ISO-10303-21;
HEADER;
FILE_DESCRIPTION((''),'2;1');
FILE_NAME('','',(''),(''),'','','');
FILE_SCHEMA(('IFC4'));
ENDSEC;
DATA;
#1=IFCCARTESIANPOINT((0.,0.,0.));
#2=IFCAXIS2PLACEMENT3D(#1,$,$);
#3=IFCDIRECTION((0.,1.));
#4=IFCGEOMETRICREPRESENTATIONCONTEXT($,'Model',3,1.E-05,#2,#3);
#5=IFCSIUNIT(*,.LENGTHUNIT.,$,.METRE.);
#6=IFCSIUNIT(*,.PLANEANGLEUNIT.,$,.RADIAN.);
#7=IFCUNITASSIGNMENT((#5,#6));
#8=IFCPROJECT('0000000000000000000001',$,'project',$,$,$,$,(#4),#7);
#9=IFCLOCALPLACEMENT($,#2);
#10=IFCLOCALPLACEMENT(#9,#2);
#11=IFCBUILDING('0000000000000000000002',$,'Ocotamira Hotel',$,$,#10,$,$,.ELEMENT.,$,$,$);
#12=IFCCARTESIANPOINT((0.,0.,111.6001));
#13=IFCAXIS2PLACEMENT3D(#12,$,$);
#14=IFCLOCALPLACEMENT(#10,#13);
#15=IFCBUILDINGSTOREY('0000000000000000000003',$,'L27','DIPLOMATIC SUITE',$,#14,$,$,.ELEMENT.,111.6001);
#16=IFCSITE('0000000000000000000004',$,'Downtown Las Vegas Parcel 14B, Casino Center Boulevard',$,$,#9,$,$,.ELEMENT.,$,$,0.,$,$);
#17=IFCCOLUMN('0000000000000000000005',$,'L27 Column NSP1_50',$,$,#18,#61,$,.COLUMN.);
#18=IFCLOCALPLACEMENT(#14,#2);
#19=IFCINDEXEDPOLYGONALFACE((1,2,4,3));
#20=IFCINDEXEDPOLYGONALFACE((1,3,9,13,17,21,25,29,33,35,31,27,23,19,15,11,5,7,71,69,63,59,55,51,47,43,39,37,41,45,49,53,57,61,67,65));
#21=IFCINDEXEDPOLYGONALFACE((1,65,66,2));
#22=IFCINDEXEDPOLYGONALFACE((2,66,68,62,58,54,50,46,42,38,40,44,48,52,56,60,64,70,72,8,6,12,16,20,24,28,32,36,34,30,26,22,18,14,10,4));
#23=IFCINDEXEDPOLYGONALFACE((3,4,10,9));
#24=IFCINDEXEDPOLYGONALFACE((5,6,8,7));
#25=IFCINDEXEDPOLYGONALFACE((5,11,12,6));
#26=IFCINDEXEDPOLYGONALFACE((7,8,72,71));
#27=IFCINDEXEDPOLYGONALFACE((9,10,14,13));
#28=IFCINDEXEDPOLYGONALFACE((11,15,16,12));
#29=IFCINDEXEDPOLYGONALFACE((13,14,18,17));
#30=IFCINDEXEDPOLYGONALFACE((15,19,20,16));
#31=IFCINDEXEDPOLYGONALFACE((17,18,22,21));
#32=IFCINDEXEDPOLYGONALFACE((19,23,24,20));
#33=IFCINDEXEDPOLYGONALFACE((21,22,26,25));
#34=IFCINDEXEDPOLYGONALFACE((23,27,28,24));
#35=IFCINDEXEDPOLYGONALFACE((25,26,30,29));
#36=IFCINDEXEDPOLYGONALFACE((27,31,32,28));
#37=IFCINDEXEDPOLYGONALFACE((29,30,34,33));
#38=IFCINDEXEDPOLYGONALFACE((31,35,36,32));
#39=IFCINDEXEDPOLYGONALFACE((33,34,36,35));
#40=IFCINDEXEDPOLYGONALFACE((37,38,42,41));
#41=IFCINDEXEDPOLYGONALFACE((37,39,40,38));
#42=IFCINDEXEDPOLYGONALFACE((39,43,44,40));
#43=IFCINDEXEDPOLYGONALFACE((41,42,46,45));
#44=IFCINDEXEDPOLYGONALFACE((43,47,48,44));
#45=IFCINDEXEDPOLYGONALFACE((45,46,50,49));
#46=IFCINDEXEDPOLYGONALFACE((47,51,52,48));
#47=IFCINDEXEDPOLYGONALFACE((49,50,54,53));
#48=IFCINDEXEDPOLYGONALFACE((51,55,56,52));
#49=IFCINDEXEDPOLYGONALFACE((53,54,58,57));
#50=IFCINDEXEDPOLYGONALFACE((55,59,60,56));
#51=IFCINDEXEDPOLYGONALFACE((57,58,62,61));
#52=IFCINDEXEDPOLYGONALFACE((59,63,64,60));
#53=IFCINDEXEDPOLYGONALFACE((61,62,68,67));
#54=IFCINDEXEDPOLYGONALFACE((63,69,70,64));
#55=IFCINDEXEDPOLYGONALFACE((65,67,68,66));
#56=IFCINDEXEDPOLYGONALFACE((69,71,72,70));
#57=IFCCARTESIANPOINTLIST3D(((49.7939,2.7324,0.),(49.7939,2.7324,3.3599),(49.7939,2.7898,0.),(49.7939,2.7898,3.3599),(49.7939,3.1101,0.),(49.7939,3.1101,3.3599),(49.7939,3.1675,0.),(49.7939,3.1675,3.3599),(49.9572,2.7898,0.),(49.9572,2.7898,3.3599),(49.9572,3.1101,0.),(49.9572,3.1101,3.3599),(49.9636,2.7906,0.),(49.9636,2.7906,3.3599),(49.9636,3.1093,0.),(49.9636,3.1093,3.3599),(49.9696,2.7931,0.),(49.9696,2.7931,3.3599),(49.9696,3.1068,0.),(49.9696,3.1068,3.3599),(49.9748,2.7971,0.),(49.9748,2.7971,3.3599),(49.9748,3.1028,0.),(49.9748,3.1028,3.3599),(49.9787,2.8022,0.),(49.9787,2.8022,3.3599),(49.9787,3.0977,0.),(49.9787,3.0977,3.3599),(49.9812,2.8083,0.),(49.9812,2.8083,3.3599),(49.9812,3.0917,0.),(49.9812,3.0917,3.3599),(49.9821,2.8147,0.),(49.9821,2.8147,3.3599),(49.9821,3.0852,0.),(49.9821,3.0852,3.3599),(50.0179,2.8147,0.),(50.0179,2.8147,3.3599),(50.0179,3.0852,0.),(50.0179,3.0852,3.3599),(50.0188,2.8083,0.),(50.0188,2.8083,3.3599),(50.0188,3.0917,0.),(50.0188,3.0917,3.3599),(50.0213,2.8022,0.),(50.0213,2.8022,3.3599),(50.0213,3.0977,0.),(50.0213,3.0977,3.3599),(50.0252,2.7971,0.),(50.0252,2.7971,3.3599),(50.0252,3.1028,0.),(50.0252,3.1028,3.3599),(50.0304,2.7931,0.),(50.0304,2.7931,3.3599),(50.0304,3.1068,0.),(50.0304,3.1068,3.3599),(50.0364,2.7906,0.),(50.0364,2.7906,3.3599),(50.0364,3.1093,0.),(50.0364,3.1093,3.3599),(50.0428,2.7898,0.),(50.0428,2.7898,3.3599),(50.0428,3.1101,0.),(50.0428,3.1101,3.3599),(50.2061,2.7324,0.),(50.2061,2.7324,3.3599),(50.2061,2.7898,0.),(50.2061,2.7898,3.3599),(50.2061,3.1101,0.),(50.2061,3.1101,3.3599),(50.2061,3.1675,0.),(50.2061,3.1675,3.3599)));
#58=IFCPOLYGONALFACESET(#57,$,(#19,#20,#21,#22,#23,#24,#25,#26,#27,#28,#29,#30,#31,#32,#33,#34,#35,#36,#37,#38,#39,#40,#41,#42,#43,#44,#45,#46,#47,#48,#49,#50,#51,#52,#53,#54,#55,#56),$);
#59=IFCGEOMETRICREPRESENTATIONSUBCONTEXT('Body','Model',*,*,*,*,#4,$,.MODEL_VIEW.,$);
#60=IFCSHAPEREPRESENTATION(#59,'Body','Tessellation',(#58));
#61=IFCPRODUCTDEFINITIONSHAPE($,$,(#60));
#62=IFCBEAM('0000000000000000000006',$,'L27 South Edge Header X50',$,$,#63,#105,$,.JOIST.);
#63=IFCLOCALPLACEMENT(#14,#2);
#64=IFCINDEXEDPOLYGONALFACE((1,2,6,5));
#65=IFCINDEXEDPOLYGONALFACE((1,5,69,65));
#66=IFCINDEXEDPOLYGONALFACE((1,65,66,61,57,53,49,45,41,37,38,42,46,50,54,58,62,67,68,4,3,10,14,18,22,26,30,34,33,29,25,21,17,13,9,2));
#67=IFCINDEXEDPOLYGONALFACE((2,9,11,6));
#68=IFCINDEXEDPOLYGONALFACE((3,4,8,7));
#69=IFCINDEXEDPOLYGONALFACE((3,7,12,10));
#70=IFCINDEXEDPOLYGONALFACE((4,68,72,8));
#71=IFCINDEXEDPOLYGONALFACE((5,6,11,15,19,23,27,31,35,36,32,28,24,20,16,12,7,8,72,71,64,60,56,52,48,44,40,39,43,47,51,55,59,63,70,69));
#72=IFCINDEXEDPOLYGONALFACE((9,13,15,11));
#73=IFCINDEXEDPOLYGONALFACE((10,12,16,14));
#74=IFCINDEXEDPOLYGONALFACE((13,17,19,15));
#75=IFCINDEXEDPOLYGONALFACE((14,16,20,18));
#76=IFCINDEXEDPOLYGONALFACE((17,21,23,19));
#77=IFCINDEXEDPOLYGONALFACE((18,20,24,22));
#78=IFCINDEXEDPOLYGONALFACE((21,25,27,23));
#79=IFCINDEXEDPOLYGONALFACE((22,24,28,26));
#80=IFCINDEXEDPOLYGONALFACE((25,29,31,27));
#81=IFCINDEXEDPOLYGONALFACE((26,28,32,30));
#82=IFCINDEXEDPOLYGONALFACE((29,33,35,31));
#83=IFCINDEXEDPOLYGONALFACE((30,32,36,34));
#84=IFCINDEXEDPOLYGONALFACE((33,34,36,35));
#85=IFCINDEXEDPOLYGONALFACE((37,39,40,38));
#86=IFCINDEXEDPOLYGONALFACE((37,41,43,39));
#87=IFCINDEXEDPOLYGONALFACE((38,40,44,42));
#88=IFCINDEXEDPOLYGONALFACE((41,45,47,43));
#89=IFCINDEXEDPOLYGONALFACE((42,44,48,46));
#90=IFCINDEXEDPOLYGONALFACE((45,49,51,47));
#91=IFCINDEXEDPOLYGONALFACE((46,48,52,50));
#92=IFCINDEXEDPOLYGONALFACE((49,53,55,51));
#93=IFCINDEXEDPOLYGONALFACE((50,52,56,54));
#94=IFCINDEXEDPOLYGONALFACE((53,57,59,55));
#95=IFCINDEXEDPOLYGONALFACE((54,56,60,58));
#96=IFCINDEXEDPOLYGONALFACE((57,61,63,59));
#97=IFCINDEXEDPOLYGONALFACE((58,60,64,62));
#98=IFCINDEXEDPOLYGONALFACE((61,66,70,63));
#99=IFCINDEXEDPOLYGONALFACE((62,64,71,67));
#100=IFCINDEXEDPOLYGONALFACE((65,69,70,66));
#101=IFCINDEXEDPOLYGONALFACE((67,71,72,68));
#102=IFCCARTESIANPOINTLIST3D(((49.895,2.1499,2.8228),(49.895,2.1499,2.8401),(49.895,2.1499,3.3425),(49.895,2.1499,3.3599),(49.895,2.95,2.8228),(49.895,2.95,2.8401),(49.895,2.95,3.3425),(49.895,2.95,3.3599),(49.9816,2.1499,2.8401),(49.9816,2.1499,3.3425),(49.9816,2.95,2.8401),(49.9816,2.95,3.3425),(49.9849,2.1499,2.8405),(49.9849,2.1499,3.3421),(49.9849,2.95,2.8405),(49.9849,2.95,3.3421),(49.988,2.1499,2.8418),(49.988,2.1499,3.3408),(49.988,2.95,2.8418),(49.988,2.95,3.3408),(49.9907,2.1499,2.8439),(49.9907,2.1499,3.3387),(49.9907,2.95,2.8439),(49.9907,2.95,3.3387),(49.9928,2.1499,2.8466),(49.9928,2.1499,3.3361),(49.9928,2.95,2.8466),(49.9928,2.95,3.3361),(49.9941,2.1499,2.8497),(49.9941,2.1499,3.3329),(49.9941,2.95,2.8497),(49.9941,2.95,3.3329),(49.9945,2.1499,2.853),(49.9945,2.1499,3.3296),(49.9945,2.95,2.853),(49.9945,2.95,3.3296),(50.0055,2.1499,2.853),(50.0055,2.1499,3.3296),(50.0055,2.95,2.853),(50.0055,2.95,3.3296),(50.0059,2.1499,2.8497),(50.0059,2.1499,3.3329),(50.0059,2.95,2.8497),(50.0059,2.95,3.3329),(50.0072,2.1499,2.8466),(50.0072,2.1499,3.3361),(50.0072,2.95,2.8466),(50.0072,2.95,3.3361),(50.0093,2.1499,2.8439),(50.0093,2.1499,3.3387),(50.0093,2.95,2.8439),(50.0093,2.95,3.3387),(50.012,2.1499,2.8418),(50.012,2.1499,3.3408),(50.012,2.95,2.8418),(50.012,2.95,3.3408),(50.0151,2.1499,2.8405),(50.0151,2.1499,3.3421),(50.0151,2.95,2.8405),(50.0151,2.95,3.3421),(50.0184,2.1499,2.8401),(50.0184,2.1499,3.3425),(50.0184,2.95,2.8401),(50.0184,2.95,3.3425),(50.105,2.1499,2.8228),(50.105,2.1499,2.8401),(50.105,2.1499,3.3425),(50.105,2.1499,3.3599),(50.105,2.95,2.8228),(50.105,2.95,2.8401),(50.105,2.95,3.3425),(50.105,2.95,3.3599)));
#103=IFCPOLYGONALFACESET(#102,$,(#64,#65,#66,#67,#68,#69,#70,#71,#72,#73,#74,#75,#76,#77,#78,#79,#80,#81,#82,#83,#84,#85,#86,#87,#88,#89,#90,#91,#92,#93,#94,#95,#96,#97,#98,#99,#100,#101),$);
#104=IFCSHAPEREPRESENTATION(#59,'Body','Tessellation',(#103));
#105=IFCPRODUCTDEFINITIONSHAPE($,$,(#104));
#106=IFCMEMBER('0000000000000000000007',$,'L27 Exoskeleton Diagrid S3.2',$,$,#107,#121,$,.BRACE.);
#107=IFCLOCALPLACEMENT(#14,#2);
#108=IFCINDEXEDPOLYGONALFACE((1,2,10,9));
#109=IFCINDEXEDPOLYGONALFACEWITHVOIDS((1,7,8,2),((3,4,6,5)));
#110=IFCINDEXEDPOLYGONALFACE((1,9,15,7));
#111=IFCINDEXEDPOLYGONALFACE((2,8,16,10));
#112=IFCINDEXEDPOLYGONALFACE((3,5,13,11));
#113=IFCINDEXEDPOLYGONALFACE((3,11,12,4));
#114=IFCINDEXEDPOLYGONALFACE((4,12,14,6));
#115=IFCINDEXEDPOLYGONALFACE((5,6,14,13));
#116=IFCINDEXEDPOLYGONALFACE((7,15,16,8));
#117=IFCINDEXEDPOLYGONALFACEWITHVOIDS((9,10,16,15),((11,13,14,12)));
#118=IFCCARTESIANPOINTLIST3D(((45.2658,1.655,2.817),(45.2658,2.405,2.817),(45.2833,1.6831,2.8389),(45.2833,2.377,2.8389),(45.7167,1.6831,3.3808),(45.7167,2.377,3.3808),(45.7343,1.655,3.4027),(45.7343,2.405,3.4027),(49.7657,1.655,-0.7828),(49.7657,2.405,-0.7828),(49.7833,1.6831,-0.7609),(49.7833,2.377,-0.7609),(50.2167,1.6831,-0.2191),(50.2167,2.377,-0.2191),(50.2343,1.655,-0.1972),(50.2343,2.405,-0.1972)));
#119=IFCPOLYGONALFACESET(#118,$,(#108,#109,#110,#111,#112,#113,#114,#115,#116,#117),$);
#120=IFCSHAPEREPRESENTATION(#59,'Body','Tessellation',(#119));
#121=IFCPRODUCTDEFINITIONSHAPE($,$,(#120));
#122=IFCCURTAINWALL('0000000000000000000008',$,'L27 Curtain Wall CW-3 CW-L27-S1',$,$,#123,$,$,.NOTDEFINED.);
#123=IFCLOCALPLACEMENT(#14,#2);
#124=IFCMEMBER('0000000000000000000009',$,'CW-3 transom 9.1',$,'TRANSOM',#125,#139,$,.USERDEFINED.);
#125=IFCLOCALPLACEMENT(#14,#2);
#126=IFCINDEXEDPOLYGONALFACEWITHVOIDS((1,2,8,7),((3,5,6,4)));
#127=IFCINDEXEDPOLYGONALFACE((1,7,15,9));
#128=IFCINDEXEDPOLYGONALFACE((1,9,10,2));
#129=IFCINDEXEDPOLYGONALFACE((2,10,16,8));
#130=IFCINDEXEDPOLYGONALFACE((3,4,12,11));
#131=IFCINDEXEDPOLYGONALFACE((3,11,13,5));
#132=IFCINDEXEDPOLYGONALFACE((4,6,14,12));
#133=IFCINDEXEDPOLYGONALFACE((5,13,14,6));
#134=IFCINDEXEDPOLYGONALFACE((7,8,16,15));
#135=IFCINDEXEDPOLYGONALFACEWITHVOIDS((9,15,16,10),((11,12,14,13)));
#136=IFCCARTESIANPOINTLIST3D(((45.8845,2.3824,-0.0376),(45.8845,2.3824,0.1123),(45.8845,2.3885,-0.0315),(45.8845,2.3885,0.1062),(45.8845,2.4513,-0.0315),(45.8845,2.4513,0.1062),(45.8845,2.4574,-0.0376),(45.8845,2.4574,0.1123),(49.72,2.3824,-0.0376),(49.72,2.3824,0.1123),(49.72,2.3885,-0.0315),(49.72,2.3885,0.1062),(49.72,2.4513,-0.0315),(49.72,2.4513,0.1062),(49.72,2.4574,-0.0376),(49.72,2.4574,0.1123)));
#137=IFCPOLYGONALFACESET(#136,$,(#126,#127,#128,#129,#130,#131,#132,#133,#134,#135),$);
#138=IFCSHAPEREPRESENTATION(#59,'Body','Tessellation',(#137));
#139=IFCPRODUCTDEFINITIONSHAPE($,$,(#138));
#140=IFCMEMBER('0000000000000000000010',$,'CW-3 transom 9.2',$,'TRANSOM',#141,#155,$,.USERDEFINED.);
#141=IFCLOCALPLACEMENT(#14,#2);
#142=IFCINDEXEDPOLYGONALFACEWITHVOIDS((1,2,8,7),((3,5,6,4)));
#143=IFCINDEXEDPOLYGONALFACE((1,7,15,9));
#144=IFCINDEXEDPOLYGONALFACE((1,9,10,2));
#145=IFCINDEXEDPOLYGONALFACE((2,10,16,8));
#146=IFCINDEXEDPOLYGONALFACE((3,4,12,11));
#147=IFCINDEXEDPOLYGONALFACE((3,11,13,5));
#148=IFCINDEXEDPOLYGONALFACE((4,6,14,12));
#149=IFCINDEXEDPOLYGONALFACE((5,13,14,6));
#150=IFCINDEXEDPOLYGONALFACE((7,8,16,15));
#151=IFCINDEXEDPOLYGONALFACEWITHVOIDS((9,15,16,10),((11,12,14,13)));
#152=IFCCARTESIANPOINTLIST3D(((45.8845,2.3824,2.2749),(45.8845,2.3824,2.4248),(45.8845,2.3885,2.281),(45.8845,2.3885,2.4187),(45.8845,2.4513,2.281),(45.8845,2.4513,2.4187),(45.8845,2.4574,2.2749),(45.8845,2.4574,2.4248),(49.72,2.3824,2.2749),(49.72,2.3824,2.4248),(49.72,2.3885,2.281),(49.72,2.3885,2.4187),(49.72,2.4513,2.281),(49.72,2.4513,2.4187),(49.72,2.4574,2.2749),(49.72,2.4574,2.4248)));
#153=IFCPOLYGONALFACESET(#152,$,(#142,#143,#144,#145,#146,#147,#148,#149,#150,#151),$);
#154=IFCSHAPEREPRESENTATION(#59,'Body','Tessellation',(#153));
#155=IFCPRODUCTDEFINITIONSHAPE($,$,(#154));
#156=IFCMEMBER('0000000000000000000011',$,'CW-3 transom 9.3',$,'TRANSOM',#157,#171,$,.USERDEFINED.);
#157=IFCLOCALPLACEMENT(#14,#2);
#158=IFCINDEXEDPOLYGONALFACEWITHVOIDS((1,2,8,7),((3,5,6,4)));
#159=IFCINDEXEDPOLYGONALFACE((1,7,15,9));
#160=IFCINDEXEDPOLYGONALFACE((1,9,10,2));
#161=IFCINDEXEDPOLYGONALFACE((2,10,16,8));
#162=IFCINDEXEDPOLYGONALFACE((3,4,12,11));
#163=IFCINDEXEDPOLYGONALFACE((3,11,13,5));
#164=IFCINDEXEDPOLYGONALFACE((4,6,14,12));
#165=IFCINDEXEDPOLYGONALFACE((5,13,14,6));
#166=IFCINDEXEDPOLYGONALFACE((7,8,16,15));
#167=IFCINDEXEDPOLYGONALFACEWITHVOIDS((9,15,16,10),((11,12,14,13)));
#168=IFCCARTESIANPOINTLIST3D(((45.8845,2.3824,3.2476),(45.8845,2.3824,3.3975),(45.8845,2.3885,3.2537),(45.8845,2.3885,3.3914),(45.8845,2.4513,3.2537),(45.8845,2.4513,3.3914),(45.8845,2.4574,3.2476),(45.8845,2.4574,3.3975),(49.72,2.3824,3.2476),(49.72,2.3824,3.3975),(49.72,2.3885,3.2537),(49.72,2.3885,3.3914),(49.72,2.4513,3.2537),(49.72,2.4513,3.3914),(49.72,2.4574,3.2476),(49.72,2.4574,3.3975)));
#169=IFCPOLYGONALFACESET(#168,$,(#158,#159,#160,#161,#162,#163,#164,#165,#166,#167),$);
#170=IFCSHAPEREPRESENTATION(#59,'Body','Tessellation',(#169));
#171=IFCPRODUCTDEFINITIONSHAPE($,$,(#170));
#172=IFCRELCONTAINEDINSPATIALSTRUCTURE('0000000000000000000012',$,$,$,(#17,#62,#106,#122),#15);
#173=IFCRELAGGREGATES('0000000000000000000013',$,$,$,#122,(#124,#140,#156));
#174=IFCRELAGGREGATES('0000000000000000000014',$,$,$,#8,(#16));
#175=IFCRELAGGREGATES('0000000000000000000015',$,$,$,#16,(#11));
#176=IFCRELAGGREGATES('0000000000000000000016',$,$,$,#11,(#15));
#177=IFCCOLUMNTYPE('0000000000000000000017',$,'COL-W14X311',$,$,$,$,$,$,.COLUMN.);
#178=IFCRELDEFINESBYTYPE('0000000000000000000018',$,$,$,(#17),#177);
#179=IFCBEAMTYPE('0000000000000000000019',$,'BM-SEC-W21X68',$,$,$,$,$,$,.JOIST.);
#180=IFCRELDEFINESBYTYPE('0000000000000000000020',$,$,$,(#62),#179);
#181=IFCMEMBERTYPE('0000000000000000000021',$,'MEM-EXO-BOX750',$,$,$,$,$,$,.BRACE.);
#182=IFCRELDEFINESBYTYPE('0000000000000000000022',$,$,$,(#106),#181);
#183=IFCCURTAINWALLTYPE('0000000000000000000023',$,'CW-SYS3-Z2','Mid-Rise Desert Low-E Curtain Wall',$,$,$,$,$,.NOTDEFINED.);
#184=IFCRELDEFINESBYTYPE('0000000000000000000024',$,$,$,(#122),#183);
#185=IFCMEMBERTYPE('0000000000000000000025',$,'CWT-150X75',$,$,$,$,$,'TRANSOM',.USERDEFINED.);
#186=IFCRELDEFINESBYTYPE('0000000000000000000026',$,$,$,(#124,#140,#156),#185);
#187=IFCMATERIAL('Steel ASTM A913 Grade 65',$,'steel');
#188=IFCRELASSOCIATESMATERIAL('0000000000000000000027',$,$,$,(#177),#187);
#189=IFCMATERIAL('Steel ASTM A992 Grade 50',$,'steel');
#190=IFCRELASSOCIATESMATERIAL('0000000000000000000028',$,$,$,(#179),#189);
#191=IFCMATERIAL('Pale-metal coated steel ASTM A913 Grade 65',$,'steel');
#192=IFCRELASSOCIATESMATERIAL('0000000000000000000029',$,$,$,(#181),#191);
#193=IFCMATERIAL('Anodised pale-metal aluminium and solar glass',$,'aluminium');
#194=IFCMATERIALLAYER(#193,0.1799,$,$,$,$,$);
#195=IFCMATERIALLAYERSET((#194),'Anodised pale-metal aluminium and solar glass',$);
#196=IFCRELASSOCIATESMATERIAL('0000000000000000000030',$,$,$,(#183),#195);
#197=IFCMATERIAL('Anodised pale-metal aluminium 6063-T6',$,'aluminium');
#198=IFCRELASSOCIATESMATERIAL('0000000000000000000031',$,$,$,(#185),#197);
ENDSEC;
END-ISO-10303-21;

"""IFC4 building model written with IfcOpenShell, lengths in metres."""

from ifc_helpers import new_model, si_unit, direction, frame, origin, origin_2d, place, context, subcontext, project, spatial, hollow_rectangle, i_section, extrude, source, transform, mapped, material, layer, layer_set, material_profile, profile_set, type_object, element, aggregate, save


model = new_model("IFC4")

# Units and contexts
model_context = context("Model", 3, precision=1e-05, world=origin(), true_north=direction((0.0, 1.0)))
body_context = subcontext(model_context, "Body", "Model", "MODEL_VIEW")
ifc_project = project(units=[si_unit("LENGTHUNIT", "METRE"), si_unit("PLANEANGLEUNIT", "RADIAN")], contexts=[model_context])

# Site, building, storey
site_placement = place(None, origin())
site = spatial("IfcSite", under=ifc_project, at=site_placement, Name="Downtown Las Vegas Parcel 14B, Casino Center Boulevard", CompositionType="ELEMENT", RefElevation=0.0)
building_placement = place(site_placement, origin())
building = spatial("IfcBuilding", under=site, at=building_placement, Name="Ocotamira Hotel", CompositionType="ELEMENT")
storey_placement = place(building_placement, frame((0.0, 0.0, 111.6001)))
storey = spatial("IfcBuildingStorey", under=building, at=storey_placement, Name="L27", Description="DIPLOMATIC SUITE", CompositionType="ELEMENT", Elevation=111.6001)

# Column
ifc_material_1 = material(Name="Steel ASTM A913 Grade 65", Category="steel")
ifc_material_profile_1 = material_profile(ifc_material_1, i_section(OverallWidth=0.4121, OverallDepth=0.4351, WebThickness=0.0359, FlangeThickness=0.0574, FilletRadius=0.0249, at=origin_2d()), Name="W14X311")
ifc_profile_set_1 = profile_set([ifc_material_profile_1], Name="Steel ASTM A913 Grade 65")
column_type = type_object("IfcColumnType", Name="COL-W14X311", PredefinedType="COLUMN", material=ifc_profile_set_1)
shared_shape_1 = source(origin(), body_context, "Body", "SweptSolid", [
    extrude(i_section(OverallWidth=0.4121, OverallDepth=0.4351, WebThickness=0.0359, FlangeThickness=0.0574, FilletRadius=0.0249, at=origin_2d()), origin(), (0.0, 0.0, 1.0), 3.3599),
])
column_placement = place(storey_placement, frame((50.0, 2.95, 0.0), z_axis=(0.0, 0.0, 1.0), x_axis=(1.0, 0.0, 0.0)))
element("IfcColumn", 1, at=column_placement, inside=storey, type_object=column_type, Name="L27 Column NSP1_50", PredefinedType="COLUMN", context=body_context, shape_type="MappedRepresentation", body=[
    mapped(shared_shape_1, transform((0.0, 0.0, 0.0), scale=1.0)),
])

# Beam
ifc_material_2 = material(Name="Steel ASTM A992 Grade 50", Category="steel")
ifc_material_profile_2 = material_profile(ifc_material_2, i_section(OverallWidth=0.21, OverallDepth=0.5371, WebThickness=0.011, FlangeThickness=0.0173, FilletRadius=0.0129, at=origin_2d()), Name="W21X68")
ifc_profile_set_2 = profile_set([ifc_material_profile_2], Name="Steel ASTM A992 Grade 50")
beam_type = type_object("IfcBeamType", Name="BM-SEC-W21X68", PredefinedType="JOIST", material=ifc_profile_set_2)
shared_shape_2 = source(origin(), body_context, "Body", "SweptSolid", [
    extrude(i_section(OverallWidth=0.21, OverallDepth=0.5371, WebThickness=0.011, FlangeThickness=0.0173, FilletRadius=0.0129, at=origin_2d()), origin(), (0.0, 0.0, 1.0), 0.8),
])
beam_placement = place(storey_placement, frame((50.0, 2.95, 3.0913), z_axis=(0.0, -1.0, 0.0), x_axis=(1.0, 0.0, 0.0)))
element("IfcBeam", 2, at=beam_placement, inside=storey, type_object=beam_type, Name="L27 South Edge Header X50", PredefinedType="JOIST", context=body_context, shape_type="MappedRepresentation", body=[
    mapped(shared_shape_2, transform((0.0, 0.0, 0.0), scale=1.0)),
])

# Member
ifc_material_3 = material(Name="Pale-metal coated steel ASTM A913 Grade 65", Category="steel")
ifc_material_profile_3 = material_profile(ifc_material_3, hollow_rectangle(XDim=0.75, YDim=0.75, WallThickness=0.0281, at=origin_2d()), Name="BOX750X750X28")
ifc_profile_set_3 = profile_set([ifc_material_profile_3], Name="Pale-metal coated steel ASTM A913 Grade 65")
member_type_1 = type_object("IfcMemberType", Name="MEM-EXO-BOX750", PredefinedType="BRACE", material=ifc_profile_set_3)
shared_shape_3 = source(origin(), body_context, "Body", "SweptSolid", [
    extrude(hollow_rectangle(XDim=0.75, YDim=0.75, WallThickness=0.0281, at=origin_2d()), origin(), (0.0, 0.0, 1.0), 5.7627),
])
member_1_placement = place(storey_placement, frame((50.0, 2.03, -0.49), z_axis=(-0.780881, 0.0, 0.62468), x_axis=(0.0, -1.0, 0.0)))
element("IfcMember", 3, at=member_1_placement, inside=storey, type_object=member_type_1, Name="L27 Exoskeleton Diagrid S3.2", PredefinedType="BRACE", context=body_context, shape_type="MappedRepresentation", body=[
    mapped(shared_shape_3, transform((0.0, 0.0, 0.0), scale=1.0)),
])

# Curtain wall, members
ifc_material_4 = material(Name="Anodised pale-metal aluminium and solar glass", Category="aluminium")
ifc_layer_1 = layer(ifc_material_4, 0.1799)
ifc_layer_set_1 = layer_set([ifc_layer_1], Name="Anodised pale-metal aluminium and solar glass")
curtain_wall_type = type_object("IfcCurtainWallType", Name="CW-SYS3-Z2", Description="Mid-Rise Desert Low-E Curtain Wall", PredefinedType="NOTDEFINED", material=ifc_layer_set_1)
curtain_wall_placement = place(storey_placement, origin())
curtain_wall = element("IfcCurtainWall", 4, at=curtain_wall_placement, inside=storey, type_object=curtain_wall_type, Name="L27 Curtain Wall CW-3 CW-L27-S1", PredefinedType="NOTDEFINED")
ifc_material_5 = material(Name="Anodised pale-metal aluminium 6063-T6", Category="aluminium")
ifc_material_profile_4 = material_profile(ifc_material_5, hollow_rectangle(XDim=0.075, YDim=0.1499, WallThickness=0.0061, at=origin_2d()), Name="HSS150X75X6")
ifc_profile_set_4 = profile_set([ifc_material_profile_4], Name="Anodised pale-metal aluminium 6063-T6")
member_type_2 = type_object("IfcMemberType", Name="CWT-150X75", ElementType="TRANSOM", PredefinedType="USERDEFINED", material=ifc_profile_set_4)
shared_shape_4 = source(origin(), body_context, "Body", "SweptSolid", [
    extrude(hollow_rectangle(XDim=0.075, YDim=0.1499, WallThickness=0.0061, at=origin_2d()), origin(), (0.0, 0.0, 1.0), 3.8354),
])
member_2_placement = place(storey_placement, frame((45.8845, 2.4199, 0.0374), z_axis=(1.0, 0.0, 0.0), x_axis=(0.0, 1.0, 0.0)))
member_2 = element("IfcMember", 5, at=member_2_placement, type_object=member_type_2, Name="CW-3 transom 9.1", ObjectType="TRANSOM", PredefinedType="USERDEFINED", context=body_context, shape_type="MappedRepresentation", body=[
    mapped(shared_shape_4, transform((0.0, 0.0, 0.0), scale=1.0)),
])
member_3_placement = place(storey_placement, frame((45.8845, 2.4199, 2.3499), z_axis=(1.0, 0.0, 0.0), x_axis=(0.0, 1.0, 0.0)))
member_3 = element("IfcMember", 6, at=member_3_placement, type_object=member_type_2, Name="CW-3 transom 9.2", ObjectType="TRANSOM", PredefinedType="USERDEFINED", context=body_context, shape_type="MappedRepresentation", body=[
    mapped(shared_shape_4, transform((0.0, 0.0, 0.0), scale=1.0)),
])
member_4_placement = place(storey_placement, frame((45.8845, 2.4199, 3.3225), z_axis=(1.0, 0.0, 0.0), x_axis=(0.0, 1.0, 0.0)))
member_4 = element("IfcMember", 7, at=member_4_placement, type_object=member_type_2, Name="CW-3 transom 9.3", ObjectType="TRANSOM", PredefinedType="USERDEFINED", context=body_context, shape_type="MappedRepresentation", body=[
    mapped(shared_shape_4, transform((0.0, 0.0, 0.0), scale=1.0)),
])

aggregate(curtain_wall, [member_2, member_3, member_4])

save(model, "model.ifc")
